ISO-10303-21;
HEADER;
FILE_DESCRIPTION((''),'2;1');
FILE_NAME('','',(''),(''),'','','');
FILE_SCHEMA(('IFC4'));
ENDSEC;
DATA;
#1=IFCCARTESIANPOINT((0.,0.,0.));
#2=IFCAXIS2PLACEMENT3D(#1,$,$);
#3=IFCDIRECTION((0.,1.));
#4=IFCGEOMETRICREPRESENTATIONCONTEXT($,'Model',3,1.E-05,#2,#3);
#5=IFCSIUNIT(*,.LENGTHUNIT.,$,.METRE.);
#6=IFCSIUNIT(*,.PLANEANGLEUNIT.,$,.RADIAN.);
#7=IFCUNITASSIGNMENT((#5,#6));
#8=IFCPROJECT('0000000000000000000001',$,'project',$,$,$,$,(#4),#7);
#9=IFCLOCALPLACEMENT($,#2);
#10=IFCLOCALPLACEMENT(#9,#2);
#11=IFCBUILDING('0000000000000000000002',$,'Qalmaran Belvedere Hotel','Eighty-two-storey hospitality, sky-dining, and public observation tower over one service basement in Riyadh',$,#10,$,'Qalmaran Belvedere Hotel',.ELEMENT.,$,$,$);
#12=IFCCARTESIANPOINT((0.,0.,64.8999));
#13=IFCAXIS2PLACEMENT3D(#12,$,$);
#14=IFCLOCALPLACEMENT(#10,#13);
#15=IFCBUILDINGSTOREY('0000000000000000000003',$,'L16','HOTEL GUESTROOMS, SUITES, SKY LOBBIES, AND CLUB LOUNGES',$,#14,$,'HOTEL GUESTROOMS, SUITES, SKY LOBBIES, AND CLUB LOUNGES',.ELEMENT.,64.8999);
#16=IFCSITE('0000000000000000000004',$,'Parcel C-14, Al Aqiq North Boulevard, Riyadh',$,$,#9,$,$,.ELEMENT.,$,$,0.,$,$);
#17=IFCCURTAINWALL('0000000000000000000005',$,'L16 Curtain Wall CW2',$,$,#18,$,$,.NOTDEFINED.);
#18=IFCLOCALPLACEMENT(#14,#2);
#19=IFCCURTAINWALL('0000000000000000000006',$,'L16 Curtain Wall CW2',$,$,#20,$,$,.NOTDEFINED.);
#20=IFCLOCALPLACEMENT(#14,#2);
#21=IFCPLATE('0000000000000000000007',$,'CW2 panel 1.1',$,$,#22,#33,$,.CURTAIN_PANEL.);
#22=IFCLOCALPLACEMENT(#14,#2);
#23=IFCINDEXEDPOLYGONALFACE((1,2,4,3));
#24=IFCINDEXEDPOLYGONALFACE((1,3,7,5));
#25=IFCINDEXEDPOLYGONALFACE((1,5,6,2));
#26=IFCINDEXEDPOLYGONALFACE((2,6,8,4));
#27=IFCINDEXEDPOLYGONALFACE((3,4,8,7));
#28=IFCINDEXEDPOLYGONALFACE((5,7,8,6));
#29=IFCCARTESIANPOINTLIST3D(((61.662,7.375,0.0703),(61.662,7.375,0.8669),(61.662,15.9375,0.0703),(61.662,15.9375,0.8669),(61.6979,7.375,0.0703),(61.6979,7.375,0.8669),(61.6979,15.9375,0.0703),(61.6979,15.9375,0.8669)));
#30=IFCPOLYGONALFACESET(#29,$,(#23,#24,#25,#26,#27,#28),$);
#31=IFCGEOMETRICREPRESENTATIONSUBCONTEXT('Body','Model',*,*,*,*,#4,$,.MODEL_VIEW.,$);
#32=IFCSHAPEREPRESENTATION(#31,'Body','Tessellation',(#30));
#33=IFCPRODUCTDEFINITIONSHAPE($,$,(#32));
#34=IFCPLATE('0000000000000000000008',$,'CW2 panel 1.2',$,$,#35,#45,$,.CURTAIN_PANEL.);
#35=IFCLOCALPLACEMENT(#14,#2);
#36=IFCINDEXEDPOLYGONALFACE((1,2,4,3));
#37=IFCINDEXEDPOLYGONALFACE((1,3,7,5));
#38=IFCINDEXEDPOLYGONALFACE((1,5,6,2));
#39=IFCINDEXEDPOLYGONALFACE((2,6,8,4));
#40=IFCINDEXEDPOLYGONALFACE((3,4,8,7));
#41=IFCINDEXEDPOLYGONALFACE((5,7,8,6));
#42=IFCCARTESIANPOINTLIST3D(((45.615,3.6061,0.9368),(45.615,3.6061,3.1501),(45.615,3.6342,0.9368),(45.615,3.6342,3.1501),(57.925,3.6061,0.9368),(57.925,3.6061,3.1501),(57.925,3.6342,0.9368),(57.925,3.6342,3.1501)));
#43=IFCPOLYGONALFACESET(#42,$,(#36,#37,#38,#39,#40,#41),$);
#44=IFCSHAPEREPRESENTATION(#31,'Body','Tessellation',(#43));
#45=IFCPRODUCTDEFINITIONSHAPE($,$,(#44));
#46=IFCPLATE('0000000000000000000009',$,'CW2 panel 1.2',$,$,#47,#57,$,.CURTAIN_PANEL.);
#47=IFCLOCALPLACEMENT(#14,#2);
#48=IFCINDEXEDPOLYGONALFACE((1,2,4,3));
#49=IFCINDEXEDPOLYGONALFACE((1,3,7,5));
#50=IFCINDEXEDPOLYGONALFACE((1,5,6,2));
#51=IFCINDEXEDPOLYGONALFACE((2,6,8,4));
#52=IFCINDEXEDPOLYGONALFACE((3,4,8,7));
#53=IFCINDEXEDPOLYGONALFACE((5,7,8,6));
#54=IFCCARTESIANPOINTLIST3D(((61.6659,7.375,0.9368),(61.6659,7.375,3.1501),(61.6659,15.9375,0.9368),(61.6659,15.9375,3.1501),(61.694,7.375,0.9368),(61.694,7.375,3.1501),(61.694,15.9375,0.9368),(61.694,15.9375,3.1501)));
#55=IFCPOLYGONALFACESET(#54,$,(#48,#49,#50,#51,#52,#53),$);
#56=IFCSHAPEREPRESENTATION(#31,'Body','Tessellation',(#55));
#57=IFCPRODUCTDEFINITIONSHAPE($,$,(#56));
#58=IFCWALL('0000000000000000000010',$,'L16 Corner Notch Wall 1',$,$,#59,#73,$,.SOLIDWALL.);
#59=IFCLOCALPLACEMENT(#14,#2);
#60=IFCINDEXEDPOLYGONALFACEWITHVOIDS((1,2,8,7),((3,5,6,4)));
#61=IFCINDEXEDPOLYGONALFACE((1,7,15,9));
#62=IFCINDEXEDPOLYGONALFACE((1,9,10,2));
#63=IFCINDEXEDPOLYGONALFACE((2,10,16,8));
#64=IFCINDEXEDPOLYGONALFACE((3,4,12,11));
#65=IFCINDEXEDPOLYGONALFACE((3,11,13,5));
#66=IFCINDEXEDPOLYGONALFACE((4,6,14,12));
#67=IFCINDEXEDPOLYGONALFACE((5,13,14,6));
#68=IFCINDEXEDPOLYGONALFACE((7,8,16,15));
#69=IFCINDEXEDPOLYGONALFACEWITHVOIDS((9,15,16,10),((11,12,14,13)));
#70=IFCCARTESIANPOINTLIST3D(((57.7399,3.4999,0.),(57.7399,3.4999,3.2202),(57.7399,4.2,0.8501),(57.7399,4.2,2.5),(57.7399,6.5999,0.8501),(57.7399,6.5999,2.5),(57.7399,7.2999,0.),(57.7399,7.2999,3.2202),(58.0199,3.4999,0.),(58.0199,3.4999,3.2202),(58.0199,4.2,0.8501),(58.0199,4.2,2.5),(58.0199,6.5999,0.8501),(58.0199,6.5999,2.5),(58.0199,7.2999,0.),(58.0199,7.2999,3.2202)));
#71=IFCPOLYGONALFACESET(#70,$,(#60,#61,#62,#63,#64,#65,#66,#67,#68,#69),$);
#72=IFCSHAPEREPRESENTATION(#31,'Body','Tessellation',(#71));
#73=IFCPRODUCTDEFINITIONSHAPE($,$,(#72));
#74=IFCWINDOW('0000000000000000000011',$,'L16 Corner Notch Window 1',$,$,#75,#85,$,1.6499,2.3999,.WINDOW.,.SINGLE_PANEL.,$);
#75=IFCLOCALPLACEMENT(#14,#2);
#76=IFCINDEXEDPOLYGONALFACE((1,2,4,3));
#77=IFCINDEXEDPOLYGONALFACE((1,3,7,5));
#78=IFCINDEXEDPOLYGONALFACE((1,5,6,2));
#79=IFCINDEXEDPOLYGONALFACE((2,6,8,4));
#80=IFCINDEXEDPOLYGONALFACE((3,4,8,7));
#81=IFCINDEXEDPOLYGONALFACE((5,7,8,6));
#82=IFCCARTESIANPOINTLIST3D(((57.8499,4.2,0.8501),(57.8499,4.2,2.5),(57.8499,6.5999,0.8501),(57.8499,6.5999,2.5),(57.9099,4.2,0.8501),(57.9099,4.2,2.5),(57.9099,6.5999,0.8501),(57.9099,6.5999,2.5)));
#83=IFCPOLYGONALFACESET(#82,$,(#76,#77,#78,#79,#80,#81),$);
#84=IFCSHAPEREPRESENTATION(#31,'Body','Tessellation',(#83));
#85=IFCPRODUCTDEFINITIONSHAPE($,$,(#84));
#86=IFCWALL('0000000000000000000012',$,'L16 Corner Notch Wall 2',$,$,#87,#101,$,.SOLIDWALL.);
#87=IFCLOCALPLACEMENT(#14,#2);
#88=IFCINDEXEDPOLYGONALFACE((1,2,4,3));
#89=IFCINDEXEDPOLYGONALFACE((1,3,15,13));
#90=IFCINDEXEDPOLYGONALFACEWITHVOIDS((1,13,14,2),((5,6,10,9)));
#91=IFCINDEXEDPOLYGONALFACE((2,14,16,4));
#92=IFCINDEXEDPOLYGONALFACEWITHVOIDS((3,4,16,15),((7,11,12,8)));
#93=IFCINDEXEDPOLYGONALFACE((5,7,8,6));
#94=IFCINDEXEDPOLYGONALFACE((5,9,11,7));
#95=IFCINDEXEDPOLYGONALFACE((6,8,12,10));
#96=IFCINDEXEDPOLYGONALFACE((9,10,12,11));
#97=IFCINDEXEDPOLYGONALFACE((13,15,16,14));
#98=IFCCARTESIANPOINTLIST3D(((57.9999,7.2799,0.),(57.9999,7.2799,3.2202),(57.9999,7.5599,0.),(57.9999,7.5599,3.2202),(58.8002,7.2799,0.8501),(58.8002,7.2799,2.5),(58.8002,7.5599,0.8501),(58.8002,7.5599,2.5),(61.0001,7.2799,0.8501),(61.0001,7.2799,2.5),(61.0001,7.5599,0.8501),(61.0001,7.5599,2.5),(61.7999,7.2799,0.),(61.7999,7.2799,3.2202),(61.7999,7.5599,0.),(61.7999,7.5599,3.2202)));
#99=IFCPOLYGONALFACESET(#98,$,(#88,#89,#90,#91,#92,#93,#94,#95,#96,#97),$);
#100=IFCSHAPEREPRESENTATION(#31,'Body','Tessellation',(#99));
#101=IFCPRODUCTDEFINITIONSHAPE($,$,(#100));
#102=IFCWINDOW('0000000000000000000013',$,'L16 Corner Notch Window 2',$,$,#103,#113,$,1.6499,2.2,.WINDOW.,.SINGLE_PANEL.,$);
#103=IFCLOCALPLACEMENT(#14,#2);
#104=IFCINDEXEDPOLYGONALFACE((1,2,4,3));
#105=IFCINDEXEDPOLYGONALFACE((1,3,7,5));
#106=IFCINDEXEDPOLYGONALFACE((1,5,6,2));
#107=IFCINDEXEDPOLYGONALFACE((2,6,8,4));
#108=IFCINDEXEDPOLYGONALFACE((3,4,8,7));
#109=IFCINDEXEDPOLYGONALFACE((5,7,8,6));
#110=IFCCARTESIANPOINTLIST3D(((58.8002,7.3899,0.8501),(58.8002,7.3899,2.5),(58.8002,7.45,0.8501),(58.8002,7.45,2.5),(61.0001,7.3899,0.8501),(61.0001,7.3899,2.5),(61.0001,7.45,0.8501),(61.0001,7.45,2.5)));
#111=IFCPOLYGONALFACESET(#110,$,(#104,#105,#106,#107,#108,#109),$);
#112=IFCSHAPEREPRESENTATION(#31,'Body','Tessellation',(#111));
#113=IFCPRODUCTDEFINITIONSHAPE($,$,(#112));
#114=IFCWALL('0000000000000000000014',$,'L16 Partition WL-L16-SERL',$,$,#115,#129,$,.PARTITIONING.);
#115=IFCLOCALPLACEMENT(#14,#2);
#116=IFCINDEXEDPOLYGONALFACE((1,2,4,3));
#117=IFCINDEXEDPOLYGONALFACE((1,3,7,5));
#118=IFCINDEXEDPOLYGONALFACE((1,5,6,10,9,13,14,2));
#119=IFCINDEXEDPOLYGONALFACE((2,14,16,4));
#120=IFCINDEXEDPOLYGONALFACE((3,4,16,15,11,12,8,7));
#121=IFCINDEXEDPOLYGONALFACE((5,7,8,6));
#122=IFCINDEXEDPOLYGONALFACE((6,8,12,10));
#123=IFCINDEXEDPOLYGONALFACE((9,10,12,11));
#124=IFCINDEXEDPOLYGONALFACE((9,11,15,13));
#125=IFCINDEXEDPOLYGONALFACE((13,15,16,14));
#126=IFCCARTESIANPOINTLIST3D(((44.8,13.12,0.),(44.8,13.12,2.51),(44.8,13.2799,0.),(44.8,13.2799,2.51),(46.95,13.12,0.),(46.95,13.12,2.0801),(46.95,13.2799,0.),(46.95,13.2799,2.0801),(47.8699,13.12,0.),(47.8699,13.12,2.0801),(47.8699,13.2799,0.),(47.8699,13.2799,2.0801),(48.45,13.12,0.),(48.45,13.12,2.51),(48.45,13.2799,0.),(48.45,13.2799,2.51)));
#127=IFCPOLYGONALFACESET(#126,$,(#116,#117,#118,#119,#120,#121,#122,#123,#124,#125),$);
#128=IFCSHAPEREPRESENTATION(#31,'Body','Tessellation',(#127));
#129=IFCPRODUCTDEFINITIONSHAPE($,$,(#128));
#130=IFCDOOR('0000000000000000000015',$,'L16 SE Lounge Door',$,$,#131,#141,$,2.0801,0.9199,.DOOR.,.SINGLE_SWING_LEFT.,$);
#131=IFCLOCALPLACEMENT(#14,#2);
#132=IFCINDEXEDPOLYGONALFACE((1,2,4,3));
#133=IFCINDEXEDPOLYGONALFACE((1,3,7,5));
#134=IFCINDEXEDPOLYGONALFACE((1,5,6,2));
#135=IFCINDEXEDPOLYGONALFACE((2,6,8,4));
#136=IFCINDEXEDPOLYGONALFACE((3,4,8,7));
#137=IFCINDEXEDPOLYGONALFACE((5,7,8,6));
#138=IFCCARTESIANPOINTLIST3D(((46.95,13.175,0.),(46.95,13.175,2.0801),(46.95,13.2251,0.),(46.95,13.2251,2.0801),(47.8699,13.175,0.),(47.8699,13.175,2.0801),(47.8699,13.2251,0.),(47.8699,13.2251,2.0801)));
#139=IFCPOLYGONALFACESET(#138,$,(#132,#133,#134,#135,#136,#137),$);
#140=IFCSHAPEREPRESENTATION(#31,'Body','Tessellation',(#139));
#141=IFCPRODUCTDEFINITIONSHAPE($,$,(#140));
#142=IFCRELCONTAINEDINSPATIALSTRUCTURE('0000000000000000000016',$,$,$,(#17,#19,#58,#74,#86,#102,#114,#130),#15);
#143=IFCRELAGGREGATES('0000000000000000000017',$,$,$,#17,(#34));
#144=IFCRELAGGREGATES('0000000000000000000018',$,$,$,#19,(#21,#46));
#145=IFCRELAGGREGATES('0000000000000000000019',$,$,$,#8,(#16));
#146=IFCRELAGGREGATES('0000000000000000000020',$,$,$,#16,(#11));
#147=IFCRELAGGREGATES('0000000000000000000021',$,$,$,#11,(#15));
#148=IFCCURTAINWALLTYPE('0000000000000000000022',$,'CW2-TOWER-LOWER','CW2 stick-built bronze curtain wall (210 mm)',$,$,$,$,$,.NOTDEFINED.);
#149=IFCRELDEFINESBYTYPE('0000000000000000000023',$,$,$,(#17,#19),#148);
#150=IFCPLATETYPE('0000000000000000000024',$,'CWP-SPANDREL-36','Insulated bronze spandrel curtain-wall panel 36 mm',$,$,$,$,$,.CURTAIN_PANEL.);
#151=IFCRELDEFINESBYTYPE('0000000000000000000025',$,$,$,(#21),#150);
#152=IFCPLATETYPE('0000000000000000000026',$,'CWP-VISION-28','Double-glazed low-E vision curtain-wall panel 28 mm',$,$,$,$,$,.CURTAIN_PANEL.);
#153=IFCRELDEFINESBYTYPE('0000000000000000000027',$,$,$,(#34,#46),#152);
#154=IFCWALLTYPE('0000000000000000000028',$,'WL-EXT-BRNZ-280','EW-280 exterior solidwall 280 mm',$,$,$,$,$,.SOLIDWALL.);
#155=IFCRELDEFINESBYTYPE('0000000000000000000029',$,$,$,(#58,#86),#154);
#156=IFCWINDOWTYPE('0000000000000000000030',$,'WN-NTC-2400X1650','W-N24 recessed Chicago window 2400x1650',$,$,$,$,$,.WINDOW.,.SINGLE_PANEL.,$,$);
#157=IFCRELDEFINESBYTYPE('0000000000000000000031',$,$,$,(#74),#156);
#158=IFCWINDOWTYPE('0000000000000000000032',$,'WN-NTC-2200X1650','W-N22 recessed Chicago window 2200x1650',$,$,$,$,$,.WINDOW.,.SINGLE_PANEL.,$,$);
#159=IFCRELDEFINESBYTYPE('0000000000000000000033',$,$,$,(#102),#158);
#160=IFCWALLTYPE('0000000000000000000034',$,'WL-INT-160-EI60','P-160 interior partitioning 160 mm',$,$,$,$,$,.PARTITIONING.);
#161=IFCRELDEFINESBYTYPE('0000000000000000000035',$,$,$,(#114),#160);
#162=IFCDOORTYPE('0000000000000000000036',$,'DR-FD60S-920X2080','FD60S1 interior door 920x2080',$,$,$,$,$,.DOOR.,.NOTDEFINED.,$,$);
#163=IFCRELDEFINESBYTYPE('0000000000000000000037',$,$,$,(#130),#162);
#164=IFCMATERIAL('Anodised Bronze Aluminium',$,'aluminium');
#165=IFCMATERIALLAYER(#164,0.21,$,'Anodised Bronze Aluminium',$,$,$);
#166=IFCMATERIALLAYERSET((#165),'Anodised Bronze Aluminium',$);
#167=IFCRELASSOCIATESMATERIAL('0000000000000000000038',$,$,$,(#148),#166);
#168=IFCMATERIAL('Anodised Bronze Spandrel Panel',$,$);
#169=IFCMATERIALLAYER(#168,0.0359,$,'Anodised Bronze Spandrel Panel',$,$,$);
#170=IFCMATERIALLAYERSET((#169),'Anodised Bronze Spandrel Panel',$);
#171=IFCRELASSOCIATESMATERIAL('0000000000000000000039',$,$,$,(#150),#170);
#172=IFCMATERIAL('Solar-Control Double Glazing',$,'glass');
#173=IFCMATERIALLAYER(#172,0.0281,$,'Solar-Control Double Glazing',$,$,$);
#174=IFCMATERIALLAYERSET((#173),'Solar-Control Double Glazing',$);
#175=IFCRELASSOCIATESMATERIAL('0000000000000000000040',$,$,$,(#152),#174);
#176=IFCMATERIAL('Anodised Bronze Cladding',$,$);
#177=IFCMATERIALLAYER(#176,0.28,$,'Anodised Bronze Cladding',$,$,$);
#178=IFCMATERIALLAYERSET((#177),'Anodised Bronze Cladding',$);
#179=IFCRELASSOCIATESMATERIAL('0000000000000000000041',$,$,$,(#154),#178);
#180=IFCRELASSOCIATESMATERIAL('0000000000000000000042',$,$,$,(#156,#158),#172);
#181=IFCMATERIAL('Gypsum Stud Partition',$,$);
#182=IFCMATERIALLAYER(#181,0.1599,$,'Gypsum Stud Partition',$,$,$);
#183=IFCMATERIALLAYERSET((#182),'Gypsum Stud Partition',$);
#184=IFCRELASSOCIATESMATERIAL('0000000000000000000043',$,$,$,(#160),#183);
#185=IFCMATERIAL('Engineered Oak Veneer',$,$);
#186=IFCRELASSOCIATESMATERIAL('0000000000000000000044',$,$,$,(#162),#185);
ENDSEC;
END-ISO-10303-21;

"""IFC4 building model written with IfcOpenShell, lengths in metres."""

from ifc_helpers import new_model, si_unit, direction, frame, frame_2d, origin, origin_2d, place, context, subcontext, project, spatial, rectangle, extrude, material, layer, layer_set, type_object, element, fill, aggregate, save


model = new_model("IFC4")

# Units and contexts
model_context = context("Model", 3, precision=1e-05, world=origin(), true_north=direction((0.0, 1.0)))
body_context = subcontext(model_context, "Body", "Model", "MODEL_VIEW")
ifc_project = project(units=[si_unit("LENGTHUNIT", "METRE"), si_unit("PLANEANGLEUNIT", "RADIAN")], contexts=[model_context])

# Site, building, storey
site_placement = place(None, origin())
site = spatial("IfcSite", under=ifc_project, at=site_placement, Name="Parcel C-14, Al Aqiq North Boulevard, Riyadh", CompositionType="ELEMENT", RefElevation=0.0)
building_placement = place(site_placement, origin())
building = spatial("IfcBuilding", under=site, at=building_placement, Name="Qalmaran Belvedere Hotel", Description="Eighty-two-storey hospitality, sky-dining, and public observation tower over one service basement in Riyadh", LongName="Qalmaran Belvedere Hotel", CompositionType="ELEMENT")
storey_placement = place(building_placement, frame((0.0, 0.0, 64.8999)))
storey = spatial("IfcBuildingStorey", under=building, at=storey_placement, Name="L16", Description="HOTEL GUESTROOMS, SUITES, SKY LOBBIES, AND CLUB LOUNGES", LongName="HOTEL GUESTROOMS, SUITES, SKY LOBBIES, AND CLUB LOUNGES", CompositionType="ELEMENT", Elevation=64.8999)

# Curtain wall
ifc_material_1 = material(Name="Anodised Bronze Aluminium", Category="aluminium")
ifc_layer_1 = layer(ifc_material_1, 0.21, Name="Anodised Bronze Aluminium")
ifc_layer_set_1 = layer_set([ifc_layer_1], Name="Anodised Bronze Aluminium")
curtain_wall_type = type_object("IfcCurtainWallType", Name="CW2-TOWER-LOWER", Description="CW2 stick-built bronze curtain wall (210 mm)", PredefinedType="NOTDEFINED", material=ifc_layer_set_1)
curtain_wall_1_placement = place(storey_placement, origin())
curtain_wall_1 = element("IfcCurtainWall", 1, at=curtain_wall_1_placement, inside=storey, type_object=curtain_wall_type, Name="L16 Curtain Wall CW2", PredefinedType="NOTDEFINED")

# Curtain wall
curtain_wall_2_placement = place(storey_placement, origin())
curtain_wall_2 = element("IfcCurtainWall", 2, at=curtain_wall_2_placement, inside=storey, type_object=curtain_wall_type, Name="L16 Curtain Wall CW2", PredefinedType="NOTDEFINED")

# Plates
ifc_material_2 = material(Name="Anodised Bronze Spandrel Panel")
ifc_layer_2 = layer(ifc_material_2, 0.0359, Name="Anodised Bronze Spandrel Panel")
ifc_layer_set_2 = layer_set([ifc_layer_2], Name="Anodised Bronze Spandrel Panel")
plate_type_1 = type_object("IfcPlateType", Name="CWP-SPANDREL-36", Description="Insulated bronze spandrel curtain-wall panel 36 mm", PredefinedType="CURTAIN_PANEL", material=ifc_layer_set_2)
plate_1_placement = place(storey_placement, frame((61.6799, 11.6562, 0.0703), z_axis=(0.0, 0.0, 1.0), x_axis=(0.0, 1.0, 0.0)))
plate_1 = element("IfcPlate", 3, at=plate_1_placement, type_object=plate_type_1, Name="CW2 panel 1.1", PredefinedType="CURTAIN_PANEL", context=body_context, shape_type="SweptSolid", body=[
    extrude(rectangle(XDim=8.5625, YDim=0.0359, at=origin_2d()), origin(), (0.0, 0.0, 1.0), 0.7966),
])
ifc_material_3 = material(Name="Solar-Control Double Glazing", Category="glass")
ifc_layer_3 = layer(ifc_material_3, 0.0281, Name="Solar-Control Double Glazing")
ifc_layer_set_3 = layer_set([ifc_layer_3], Name="Solar-Control Double Glazing")
plate_type_2 = type_object("IfcPlateType", Name="CWP-VISION-28", Description="Double-glazed low-E vision curtain-wall panel 28 mm", PredefinedType="CURTAIN_PANEL", material=ifc_layer_set_3)
plate_2_placement = place(storey_placement, frame((51.77, 3.6201, 0.9368), z_axis=(0.0, 0.0, 1.0), x_axis=(1.0, 0.0, 0.0)))
plate_2 = element("IfcPlate", 4, at=plate_2_placement, type_object=plate_type_2, Name="CW2 panel 1.2", PredefinedType="CURTAIN_PANEL", context=body_context, shape_type="SweptSolid", body=[
    extrude(rectangle(XDim=12.3101, YDim=0.0281, at=origin_2d()), origin(), (0.0, 0.0, 1.0), 2.2134),
])
aggregate(curtain_wall_1, [plate_2])
plate_3_placement = place(storey_placement, frame((61.6799, 11.6562, 0.9368), z_axis=(0.0, 0.0, 1.0), x_axis=(0.0, 1.0, 0.0)))
plate_3 = element("IfcPlate", 5, at=plate_3_placement, type_object=plate_type_2, Name="CW2 panel 1.2", PredefinedType="CURTAIN_PANEL", context=body_context, shape_type="SweptSolid", body=[
    extrude(rectangle(XDim=8.5625, YDim=0.0281, at=origin_2d()), origin(), (0.0, 0.0, 1.0), 2.2134),
])
aggregate(curtain_wall_2, [plate_1, plate_3])

# Walls, openings, windows
ifc_material_4 = material(Name="Anodised Bronze Cladding")
ifc_layer_4 = layer(ifc_material_4, 0.28, Name="Anodised Bronze Cladding")
ifc_layer_set_4 = layer_set([ifc_layer_4], Name="Anodised Bronze Cladding")
wall_type_1 = type_object("IfcWallType", Name="WL-EXT-BRNZ-280", Description="EW-280 exterior solidwall 280 mm", PredefinedType="SOLIDWALL", material=ifc_layer_set_4)
wall_1_placement = place(storey_placement, frame((57.8799, 3.5, 0.0), z_axis=(0.0, 0.0, 1.0), x_axis=(0.0, 1.0, 0.0)))
wall_1 = element("IfcWall", 6, at=wall_1_placement, inside=storey, type_object=wall_type_1, Name="L16 Corner Notch Wall 1", PredefinedType="SOLIDWALL", context=body_context, shape_type="SweptSolid", body=[
    extrude(rectangle(XDim=3.8, YDim=0.28, at=frame_2d((1.8999, 0.0))), origin(), (0.0, 0.0, 1.0), 3.2202),
])
opening_1_placement = place(wall_1_placement, frame((0.7, 0.0, 0.8501)))
opening_1 = element("IfcOpeningElement", 7, at=opening_1_placement, cuts=wall_1, PredefinedType="OPENING", context=body_context, shape_type="SweptSolid", body=[
    extrude(rectangle(XDim=2.3999, YDim=1.6499, at=frame_2d((1.2, 0.825))), frame((0.0, 0.1499, 0.0), z_axis=(0.0, -1.0, 0.0), x_axis=(1.0, 0.0, 0.0)), (0.0, 0.0, 1.0), 0.3),
])
window_type_1 = type_object("IfcWindowType", Name="WN-NTC-2400X1650", Description="W-N24 recessed Chicago window 2400x1650", PartitioningType="SINGLE_PANEL", PredefinedType="WINDOW", material=ifc_material_3)
window_1_placement = place(opening_1_placement, origin())
window_1 = element("IfcWindow", 8, at=window_1_placement, inside=storey, type_object=window_type_1, Name="L16 Corner Notch Window 1", OverallHeight=1.6499, OverallWidth=2.3999, PartitioningType="SINGLE_PANEL", PredefinedType="WINDOW", context=body_context, shape_type="SweptSolid", body=[
    extrude(rectangle(XDim=2.3999, YDim=1.6499, at=frame_2d((1.2, 0.825))), frame((0.0, 0.03, 0.0), z_axis=(0.0, -1.0, 0.0), x_axis=(1.0, 0.0, 0.0)), (0.0, 0.0, 1.0), 0.0601),
])
fill(opening_1, window_1)
wall_2_placement = place(storey_placement, frame((58.0, 7.4199, 0.0), z_axis=(0.0, 0.0, 1.0), x_axis=(1.0, 0.0, 0.0)))
wall_2 = element("IfcWall", 9, at=wall_2_placement, inside=storey, type_object=wall_type_1, Name="L16 Corner Notch Wall 2", PredefinedType="SOLIDWALL", context=body_context, shape_type="SweptSolid", body=[
    extrude(rectangle(XDim=3.8, YDim=0.28, at=frame_2d((1.8999, 0.0))), origin(), (0.0, 0.0, 1.0), 3.2202),
])
opening_2_placement = place(wall_2_placement, frame((0.8, 0.0, 0.8501)))
opening_2 = element("IfcOpeningElement", 10, at=opening_2_placement, cuts=wall_2, PredefinedType="OPENING", context=body_context, shape_type="SweptSolid", body=[
    extrude(rectangle(XDim=2.2, YDim=1.6499, at=frame_2d((1.1001, 0.825))), frame((0.0, 0.1499, 0.0), z_axis=(0.0, -1.0, 0.0), x_axis=(1.0, 0.0, 0.0)), (0.0, 0.0, 1.0), 0.3),
])
window_type_2 = type_object("IfcWindowType", Name="WN-NTC-2200X1650", Description="W-N22 recessed Chicago window 2200x1650", PartitioningType="SINGLE_PANEL", PredefinedType="WINDOW", material=ifc_material_3)
window_2_placement = place(opening_2_placement, origin())
window_2 = element("IfcWindow", 11, at=window_2_placement, inside=storey, type_object=window_type_2, Name="L16 Corner Notch Window 2", OverallHeight=1.6499, OverallWidth=2.2, PartitioningType="SINGLE_PANEL", PredefinedType="WINDOW", context=body_context, shape_type="SweptSolid", body=[
    extrude(rectangle(XDim=2.2, YDim=1.6499, at=frame_2d((1.1001, 0.825))), frame((0.0, 0.03, 0.0), z_axis=(0.0, -1.0, 0.0), x_axis=(1.0, 0.0, 0.0)), (0.0, 0.0, 1.0), 0.0601),
])
fill(opening_2, window_2)

# Wall, opening, door
ifc_material_5 = material(Name="Gypsum Stud Partition")
ifc_layer_5 = layer(ifc_material_5, 0.1599, Name="Gypsum Stud Partition")
ifc_layer_set_5 = layer_set([ifc_layer_5], Name="Gypsum Stud Partition")
wall_type_2 = type_object("IfcWallType", Name="WL-INT-160-EI60", Description="P-160 interior partitioning 160 mm", PredefinedType="PARTITIONING", material=ifc_layer_set_5)
wall_3_placement = place(storey_placement, frame((44.8, 13.2, 0.0), z_axis=(0.0, 0.0, 1.0), x_axis=(1.0, 0.0, 0.0)))
wall_3 = element("IfcWall", 12, at=wall_3_placement, inside=storey, type_object=wall_type_2, Name="L16 Partition WL-L16-SERL", PredefinedType="PARTITIONING", context=body_context, shape_type="SweptSolid", body=[
    extrude(rectangle(XDim=3.6499, YDim=0.1599, at=frame_2d((1.825, 0.0))), origin(), (0.0, 0.0, 1.0), 2.51),
])
opening_3_placement = place(wall_3_placement, frame((3.0698, 0.0, 0.0), z_axis=(0.0, 0.0, 1.0), x_axis=(-1.0, 0.0, 0.0)))
opening_3 = element("IfcOpeningElement", 13, at=opening_3_placement, cuts=wall_3, PredefinedType="OPENING", context=body_context, shape_type="SweptSolid", body=[
    extrude(rectangle(XDim=0.9199, YDim=2.0801, at=frame_2d((0.46, 1.04))), frame((0.0, 0.0898, 0.0), z_axis=(0.0, -1.0, 0.0), x_axis=(1.0, 0.0, 0.0)), (0.0, 0.0, 1.0), 0.1799),
])
ifc_material_6 = material(Name="Engineered Oak Veneer")
door_type = type_object("IfcDoorType", Name="DR-FD60S-920X2080", Description="FD60S1 interior door 920x2080", OperationType="NOTDEFINED", PredefinedType="DOOR", material=ifc_material_6)
door_placement = place(opening_3_placement, origin())
door = element("IfcDoor", 14, at=door_placement, inside=storey, type_object=door_type, Name="L16 SE Lounge Door", OperationType="SINGLE_SWING_LEFT", OverallHeight=2.0801, OverallWidth=0.9199, PredefinedType="DOOR", context=body_context, shape_type="SweptSolid", body=[
    extrude(rectangle(XDim=0.9199, YDim=2.0801, at=frame_2d((0.46, 1.04))), frame((0.0, 0.0249, 0.0), z_axis=(0.0, -1.0, 0.0), x_axis=(1.0, 0.0, 0.0)), (0.0, 0.0, 1.0), 0.05),
])
fill(opening_3, door)

save(model, "model.ifc")
